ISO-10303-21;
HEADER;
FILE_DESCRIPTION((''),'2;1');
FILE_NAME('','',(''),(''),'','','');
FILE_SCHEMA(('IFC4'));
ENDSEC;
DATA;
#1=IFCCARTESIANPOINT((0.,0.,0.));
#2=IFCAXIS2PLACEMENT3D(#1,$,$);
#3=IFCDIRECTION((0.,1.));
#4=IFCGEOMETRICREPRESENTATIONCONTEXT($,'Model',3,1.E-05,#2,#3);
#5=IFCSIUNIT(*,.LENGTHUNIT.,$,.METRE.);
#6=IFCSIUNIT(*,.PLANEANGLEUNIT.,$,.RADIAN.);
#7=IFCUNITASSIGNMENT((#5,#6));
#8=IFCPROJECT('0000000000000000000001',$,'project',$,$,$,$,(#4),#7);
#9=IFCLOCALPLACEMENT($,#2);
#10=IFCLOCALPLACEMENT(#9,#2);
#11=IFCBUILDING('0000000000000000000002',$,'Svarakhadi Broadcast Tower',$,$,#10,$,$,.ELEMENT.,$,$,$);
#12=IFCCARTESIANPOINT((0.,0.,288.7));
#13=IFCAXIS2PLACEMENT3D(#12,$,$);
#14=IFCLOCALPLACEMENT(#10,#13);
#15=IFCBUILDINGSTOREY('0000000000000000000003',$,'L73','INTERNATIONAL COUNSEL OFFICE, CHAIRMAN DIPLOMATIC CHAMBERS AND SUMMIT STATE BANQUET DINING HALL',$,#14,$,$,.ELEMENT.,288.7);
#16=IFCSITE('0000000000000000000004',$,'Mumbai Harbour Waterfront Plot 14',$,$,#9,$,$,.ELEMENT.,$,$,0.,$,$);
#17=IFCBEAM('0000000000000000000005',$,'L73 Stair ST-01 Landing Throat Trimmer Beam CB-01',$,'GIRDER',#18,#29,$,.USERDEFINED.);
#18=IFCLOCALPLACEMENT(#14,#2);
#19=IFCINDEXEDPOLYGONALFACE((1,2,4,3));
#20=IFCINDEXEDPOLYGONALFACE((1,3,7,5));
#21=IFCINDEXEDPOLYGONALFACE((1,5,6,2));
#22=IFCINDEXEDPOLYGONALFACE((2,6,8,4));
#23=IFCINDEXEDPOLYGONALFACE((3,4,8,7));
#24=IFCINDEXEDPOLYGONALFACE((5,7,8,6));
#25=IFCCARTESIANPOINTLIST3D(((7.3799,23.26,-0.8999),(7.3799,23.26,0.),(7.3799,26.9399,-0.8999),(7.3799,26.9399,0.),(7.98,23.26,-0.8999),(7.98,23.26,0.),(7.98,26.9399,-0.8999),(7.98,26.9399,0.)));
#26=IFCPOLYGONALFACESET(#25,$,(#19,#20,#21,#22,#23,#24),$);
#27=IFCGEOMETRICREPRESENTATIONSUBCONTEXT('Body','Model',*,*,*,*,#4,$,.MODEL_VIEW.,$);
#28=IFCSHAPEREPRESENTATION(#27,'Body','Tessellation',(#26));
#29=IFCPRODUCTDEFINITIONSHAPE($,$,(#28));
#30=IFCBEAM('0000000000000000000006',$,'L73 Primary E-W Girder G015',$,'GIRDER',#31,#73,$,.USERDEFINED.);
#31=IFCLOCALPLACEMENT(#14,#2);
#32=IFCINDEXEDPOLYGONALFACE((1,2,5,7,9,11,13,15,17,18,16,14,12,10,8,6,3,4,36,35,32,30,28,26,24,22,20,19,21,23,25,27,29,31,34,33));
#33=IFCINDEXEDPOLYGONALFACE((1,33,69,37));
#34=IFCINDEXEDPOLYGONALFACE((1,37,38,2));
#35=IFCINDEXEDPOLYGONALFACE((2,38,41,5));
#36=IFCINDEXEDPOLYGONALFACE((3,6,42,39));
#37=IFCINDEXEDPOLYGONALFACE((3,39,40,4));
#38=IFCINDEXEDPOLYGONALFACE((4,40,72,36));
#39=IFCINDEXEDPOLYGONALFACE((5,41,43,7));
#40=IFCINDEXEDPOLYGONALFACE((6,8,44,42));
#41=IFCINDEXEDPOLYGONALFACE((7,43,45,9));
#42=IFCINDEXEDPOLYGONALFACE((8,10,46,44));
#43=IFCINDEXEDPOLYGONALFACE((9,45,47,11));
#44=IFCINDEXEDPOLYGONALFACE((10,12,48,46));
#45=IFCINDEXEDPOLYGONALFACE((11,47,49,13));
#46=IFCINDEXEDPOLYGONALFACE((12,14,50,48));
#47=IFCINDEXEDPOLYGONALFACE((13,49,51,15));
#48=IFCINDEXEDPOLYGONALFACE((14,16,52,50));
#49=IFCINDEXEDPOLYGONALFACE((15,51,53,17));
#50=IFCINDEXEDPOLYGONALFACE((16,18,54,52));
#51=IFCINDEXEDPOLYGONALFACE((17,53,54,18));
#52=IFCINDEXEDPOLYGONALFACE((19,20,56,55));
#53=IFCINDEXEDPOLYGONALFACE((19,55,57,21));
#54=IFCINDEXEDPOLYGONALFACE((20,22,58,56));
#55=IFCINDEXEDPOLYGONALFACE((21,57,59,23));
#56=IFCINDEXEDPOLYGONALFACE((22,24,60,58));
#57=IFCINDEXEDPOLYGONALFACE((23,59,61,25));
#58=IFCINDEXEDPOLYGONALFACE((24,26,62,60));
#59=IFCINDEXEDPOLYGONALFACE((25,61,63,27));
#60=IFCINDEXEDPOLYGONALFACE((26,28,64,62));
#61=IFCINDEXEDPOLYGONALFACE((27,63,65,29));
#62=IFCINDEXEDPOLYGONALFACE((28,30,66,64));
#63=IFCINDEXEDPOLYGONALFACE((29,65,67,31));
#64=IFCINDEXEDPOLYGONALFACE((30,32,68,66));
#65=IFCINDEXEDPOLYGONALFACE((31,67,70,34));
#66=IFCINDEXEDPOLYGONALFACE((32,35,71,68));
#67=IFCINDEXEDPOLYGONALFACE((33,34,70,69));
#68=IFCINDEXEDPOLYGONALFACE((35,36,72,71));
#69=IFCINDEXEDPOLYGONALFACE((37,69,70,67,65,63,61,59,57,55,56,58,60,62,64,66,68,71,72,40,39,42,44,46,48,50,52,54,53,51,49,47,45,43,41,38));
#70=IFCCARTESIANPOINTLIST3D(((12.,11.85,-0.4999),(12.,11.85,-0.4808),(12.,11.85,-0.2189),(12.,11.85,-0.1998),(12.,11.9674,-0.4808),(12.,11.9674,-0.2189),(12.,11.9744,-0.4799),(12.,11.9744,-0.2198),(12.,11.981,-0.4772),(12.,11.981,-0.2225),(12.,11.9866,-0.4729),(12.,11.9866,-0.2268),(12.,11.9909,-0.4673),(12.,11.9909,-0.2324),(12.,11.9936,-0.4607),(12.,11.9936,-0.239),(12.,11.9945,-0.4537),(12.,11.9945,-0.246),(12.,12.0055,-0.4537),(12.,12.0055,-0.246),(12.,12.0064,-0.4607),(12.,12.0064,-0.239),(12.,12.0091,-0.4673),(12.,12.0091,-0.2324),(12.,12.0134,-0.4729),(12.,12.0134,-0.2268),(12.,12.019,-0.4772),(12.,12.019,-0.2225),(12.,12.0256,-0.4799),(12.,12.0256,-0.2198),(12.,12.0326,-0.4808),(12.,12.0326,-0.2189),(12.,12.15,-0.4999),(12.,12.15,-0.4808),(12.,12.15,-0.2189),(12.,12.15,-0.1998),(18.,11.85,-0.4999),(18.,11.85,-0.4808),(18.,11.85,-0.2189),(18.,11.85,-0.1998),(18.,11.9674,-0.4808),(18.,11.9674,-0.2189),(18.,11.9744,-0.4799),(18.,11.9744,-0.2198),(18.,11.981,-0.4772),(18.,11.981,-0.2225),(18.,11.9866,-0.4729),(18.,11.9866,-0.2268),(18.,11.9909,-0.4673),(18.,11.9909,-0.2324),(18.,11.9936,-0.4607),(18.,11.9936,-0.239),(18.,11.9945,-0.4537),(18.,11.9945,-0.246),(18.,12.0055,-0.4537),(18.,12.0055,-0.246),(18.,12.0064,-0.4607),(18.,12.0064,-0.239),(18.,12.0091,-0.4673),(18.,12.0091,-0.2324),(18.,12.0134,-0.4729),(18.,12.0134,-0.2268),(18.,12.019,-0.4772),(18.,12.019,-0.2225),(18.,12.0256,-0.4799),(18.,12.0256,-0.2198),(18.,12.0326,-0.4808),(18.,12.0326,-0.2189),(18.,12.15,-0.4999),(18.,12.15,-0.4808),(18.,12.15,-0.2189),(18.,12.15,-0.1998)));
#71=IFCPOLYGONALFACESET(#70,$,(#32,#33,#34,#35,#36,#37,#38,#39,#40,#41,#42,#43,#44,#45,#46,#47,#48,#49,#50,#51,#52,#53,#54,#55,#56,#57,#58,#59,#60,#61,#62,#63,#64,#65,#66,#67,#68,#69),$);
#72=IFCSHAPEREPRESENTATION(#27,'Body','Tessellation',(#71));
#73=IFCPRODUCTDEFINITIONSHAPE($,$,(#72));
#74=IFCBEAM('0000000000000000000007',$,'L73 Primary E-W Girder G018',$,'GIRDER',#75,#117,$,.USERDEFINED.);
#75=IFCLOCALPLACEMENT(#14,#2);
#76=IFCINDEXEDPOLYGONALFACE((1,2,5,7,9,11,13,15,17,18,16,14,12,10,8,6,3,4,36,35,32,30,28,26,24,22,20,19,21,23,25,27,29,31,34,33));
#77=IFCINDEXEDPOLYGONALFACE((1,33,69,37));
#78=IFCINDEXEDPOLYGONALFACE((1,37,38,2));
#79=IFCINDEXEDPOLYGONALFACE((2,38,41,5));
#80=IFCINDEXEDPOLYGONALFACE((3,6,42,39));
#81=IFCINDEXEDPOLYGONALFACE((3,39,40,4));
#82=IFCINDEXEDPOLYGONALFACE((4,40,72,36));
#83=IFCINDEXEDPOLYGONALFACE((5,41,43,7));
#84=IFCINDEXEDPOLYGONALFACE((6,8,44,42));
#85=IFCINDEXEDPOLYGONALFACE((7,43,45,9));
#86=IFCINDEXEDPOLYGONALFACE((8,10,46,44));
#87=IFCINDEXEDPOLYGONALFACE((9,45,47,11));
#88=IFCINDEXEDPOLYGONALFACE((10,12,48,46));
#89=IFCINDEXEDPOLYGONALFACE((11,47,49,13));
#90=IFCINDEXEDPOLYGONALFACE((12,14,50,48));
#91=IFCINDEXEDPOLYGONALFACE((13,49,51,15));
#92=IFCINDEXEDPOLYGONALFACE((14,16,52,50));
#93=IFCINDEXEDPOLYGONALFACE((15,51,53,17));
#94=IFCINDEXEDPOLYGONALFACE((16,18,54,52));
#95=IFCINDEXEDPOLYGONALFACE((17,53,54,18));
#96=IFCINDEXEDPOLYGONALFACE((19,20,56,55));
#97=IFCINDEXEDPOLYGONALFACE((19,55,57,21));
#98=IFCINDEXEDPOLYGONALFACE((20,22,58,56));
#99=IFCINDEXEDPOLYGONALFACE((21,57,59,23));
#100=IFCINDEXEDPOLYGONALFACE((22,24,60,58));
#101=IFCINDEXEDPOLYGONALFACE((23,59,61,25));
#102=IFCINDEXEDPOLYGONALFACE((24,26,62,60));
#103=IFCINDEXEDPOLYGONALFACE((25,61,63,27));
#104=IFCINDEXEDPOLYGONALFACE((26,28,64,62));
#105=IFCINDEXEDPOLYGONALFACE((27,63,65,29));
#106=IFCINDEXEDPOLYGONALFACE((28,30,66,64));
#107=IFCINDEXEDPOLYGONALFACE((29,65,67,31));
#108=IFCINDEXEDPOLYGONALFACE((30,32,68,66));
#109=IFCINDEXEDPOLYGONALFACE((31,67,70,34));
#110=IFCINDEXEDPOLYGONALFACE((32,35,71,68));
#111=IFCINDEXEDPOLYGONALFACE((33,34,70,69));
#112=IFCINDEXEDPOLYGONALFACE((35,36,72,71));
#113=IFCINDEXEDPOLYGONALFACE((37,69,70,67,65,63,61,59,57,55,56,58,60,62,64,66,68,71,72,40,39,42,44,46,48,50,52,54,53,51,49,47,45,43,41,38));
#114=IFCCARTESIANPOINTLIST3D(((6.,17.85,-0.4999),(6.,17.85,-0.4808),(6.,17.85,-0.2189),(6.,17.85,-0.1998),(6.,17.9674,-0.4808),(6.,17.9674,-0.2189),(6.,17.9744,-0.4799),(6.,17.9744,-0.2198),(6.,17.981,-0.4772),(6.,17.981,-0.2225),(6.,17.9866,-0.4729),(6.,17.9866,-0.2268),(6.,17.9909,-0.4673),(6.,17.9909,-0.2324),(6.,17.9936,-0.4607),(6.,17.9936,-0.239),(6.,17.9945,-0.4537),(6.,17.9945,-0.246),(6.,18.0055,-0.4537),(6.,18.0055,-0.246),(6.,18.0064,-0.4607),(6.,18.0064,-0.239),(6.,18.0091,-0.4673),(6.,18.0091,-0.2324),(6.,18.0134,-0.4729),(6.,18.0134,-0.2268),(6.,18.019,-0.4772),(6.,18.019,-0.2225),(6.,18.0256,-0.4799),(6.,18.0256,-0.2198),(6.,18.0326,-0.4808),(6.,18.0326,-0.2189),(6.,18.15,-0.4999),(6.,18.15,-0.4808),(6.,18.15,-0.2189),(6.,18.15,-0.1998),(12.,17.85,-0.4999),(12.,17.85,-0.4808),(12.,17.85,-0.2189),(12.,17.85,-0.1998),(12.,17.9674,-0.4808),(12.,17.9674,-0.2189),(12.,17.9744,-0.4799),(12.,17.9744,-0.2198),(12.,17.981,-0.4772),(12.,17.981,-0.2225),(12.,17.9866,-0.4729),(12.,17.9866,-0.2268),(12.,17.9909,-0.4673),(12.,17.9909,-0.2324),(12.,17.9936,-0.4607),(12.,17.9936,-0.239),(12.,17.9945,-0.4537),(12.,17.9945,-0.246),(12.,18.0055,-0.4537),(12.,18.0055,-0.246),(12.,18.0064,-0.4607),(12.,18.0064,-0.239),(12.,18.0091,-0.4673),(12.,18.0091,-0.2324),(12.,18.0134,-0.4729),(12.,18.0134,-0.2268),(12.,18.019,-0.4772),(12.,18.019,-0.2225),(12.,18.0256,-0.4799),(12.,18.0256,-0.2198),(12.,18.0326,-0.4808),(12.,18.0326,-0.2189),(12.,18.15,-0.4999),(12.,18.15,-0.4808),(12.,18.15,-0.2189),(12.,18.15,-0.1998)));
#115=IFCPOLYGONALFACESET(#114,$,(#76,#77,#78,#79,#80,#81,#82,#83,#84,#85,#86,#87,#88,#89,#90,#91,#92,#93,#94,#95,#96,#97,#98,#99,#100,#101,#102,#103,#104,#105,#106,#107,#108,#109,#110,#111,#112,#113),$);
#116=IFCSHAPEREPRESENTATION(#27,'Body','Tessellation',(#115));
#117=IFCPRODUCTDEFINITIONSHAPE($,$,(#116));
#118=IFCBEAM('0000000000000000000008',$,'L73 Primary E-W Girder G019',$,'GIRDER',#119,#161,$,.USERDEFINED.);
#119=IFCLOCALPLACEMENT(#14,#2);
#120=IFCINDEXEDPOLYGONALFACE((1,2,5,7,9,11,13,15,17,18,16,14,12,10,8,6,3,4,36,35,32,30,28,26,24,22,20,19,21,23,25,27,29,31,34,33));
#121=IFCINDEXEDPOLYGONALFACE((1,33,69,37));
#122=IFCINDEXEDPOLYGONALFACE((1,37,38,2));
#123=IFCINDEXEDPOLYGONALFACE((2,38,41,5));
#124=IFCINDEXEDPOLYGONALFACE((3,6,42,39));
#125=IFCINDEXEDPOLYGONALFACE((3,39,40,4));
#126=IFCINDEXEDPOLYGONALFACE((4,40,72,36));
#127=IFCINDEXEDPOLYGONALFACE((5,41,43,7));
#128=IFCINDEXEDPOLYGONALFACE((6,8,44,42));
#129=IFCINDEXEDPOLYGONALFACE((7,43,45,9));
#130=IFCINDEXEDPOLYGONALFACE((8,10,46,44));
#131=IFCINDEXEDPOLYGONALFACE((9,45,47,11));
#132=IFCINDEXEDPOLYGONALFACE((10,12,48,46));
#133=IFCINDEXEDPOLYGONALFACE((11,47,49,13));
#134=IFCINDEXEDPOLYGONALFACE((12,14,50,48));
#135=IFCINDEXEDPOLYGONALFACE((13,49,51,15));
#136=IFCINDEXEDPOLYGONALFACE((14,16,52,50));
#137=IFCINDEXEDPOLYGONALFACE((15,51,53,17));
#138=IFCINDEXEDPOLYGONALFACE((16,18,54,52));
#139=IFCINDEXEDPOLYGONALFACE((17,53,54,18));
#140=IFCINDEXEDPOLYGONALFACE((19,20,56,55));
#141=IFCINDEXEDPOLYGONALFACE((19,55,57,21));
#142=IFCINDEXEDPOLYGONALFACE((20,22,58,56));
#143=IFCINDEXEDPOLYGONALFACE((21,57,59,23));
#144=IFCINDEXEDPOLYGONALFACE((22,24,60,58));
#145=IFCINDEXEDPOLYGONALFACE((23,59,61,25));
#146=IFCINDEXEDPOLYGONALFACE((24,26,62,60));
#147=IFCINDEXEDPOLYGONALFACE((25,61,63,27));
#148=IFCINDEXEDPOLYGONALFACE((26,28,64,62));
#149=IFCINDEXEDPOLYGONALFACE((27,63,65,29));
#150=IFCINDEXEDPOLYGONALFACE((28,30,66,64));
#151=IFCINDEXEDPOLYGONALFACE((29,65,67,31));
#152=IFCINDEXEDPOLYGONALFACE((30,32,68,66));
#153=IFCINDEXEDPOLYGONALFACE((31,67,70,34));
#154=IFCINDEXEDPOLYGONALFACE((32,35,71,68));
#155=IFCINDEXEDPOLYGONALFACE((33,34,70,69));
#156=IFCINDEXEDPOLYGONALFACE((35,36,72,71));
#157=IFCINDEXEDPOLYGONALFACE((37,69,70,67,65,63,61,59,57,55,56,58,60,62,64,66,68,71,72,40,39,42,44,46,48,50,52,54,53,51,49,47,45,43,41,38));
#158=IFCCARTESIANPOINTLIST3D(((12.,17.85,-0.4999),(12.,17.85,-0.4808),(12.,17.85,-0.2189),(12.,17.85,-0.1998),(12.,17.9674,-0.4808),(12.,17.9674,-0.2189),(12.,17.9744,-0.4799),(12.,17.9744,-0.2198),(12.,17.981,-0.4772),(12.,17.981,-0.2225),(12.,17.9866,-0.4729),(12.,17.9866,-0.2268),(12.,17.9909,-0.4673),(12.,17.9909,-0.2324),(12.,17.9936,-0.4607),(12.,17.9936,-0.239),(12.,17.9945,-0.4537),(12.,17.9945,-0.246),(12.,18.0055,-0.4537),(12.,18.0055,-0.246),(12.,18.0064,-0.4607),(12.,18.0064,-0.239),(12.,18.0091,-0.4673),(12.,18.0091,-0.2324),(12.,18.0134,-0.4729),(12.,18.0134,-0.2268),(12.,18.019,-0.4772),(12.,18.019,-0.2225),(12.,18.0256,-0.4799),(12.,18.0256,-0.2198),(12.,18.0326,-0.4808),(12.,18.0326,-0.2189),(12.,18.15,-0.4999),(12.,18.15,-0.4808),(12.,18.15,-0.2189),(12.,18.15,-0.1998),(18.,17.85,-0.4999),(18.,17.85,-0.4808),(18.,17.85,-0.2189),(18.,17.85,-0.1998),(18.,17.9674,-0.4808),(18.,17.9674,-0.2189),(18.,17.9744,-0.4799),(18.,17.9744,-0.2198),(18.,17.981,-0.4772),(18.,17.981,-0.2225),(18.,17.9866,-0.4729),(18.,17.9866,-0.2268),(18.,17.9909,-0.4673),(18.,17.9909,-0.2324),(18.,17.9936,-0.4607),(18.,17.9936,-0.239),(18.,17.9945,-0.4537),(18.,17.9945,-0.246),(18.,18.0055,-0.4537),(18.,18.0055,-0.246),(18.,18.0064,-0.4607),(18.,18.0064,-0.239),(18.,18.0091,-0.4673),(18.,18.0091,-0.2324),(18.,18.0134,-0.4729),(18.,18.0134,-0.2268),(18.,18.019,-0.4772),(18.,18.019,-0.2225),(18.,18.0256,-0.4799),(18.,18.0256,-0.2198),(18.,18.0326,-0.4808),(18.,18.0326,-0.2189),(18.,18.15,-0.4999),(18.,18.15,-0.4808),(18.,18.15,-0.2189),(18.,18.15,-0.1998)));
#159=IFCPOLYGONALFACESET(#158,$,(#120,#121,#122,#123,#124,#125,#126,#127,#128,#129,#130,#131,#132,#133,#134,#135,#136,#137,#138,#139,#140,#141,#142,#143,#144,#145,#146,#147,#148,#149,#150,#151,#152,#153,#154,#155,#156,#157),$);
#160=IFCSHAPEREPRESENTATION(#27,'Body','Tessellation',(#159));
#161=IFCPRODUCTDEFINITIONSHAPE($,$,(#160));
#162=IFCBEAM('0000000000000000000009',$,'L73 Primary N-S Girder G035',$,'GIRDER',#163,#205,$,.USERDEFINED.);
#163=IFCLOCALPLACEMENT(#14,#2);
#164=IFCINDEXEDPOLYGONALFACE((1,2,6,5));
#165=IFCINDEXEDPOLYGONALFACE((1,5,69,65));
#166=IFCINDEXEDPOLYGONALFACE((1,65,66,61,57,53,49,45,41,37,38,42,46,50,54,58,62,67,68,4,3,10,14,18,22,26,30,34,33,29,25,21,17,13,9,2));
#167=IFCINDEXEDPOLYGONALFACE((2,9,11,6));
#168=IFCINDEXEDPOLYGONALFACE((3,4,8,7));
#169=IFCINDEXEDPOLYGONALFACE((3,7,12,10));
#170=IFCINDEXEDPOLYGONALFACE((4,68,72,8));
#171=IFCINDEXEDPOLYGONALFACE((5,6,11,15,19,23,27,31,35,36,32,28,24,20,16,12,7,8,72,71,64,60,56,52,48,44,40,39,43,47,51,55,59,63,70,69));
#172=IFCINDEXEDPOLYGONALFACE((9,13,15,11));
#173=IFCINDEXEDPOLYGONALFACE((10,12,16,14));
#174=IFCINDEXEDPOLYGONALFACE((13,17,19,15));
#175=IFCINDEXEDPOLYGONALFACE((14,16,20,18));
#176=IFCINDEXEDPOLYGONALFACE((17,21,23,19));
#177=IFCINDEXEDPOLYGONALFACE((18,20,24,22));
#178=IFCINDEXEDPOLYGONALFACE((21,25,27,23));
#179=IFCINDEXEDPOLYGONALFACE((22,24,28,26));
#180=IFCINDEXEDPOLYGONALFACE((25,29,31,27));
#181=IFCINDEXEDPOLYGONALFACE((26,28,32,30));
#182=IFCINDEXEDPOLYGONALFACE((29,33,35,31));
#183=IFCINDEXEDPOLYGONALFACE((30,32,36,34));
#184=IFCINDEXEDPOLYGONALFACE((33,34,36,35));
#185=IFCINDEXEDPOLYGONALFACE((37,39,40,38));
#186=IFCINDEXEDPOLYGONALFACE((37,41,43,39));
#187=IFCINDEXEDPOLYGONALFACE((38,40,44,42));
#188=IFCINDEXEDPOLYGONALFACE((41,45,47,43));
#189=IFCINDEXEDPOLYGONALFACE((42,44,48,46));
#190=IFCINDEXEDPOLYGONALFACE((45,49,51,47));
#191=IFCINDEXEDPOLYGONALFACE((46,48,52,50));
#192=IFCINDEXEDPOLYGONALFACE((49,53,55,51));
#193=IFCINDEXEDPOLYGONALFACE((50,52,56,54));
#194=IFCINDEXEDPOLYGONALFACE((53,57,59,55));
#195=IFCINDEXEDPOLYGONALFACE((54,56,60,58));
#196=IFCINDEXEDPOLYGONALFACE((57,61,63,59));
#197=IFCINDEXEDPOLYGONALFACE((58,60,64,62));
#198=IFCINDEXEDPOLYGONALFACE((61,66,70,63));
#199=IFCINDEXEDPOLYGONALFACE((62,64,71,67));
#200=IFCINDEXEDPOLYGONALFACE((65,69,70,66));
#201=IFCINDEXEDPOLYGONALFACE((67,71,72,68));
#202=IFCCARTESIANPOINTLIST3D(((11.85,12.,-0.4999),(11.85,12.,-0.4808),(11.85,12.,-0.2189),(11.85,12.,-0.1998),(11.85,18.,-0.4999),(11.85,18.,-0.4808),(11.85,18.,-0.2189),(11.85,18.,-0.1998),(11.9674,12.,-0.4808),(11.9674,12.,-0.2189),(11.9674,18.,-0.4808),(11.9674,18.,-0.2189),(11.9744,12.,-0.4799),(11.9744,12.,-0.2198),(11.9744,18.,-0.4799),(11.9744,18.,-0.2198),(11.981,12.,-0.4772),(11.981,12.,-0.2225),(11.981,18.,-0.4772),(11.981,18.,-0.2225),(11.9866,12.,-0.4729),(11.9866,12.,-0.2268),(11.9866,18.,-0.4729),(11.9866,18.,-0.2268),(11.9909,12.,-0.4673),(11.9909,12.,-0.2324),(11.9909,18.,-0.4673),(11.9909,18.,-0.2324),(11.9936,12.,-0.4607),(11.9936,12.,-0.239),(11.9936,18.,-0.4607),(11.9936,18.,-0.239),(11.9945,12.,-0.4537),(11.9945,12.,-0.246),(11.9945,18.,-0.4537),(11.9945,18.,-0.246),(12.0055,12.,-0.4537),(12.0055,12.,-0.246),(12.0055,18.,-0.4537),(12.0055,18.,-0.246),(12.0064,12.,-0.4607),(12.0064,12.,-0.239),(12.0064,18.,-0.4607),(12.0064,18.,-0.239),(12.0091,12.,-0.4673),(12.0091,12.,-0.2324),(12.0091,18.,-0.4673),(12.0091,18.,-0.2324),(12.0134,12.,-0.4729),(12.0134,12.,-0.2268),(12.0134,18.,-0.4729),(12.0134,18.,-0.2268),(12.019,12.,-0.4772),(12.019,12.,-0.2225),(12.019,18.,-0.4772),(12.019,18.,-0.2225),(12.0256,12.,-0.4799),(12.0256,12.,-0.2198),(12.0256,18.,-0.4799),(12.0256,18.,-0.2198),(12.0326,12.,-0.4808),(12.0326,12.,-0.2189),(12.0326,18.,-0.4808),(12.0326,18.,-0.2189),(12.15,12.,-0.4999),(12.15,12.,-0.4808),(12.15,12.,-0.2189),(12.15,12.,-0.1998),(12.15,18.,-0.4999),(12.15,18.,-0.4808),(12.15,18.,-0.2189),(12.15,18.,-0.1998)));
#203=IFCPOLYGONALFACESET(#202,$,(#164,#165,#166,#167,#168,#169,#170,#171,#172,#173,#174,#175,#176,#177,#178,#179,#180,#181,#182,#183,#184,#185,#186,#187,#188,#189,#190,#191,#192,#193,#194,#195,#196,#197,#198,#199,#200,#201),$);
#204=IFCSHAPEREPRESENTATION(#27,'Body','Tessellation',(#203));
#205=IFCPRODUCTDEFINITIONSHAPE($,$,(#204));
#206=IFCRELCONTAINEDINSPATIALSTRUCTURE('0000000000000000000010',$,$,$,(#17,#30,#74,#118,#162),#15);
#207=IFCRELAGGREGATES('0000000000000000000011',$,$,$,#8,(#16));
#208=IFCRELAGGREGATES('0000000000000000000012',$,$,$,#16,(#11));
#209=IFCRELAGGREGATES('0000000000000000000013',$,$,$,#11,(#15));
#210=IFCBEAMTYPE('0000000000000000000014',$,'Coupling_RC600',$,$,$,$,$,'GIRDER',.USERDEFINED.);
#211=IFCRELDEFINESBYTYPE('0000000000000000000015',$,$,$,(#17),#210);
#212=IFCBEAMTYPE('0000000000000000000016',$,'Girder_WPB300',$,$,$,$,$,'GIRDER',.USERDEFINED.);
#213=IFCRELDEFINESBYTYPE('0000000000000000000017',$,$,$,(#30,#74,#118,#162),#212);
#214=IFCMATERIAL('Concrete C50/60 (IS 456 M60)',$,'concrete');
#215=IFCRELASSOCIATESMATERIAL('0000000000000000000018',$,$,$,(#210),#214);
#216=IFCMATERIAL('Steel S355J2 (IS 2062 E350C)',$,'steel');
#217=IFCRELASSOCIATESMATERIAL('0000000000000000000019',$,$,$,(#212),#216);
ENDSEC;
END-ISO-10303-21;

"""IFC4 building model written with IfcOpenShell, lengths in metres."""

from ifc_helpers import new_model, si_unit, direction, frame, origin, origin_2d, place, context, subcontext, project, spatial, rectangle, i_section, extrude, material, material_profile, profile_set, type_object, element, save


model = new_model("IFC4")

# Units and contexts
model_context = context("Model", 3, precision=1e-05, world=origin(), true_north=direction((0.0, 1.0)))
body_context = subcontext(model_context, "Body", "Model", "MODEL_VIEW")
ifc_project = project(units=[si_unit("LENGTHUNIT", "METRE"), si_unit("PLANEANGLEUNIT", "RADIAN")], contexts=[model_context])

# Site, building, storey
site_placement = place(None, origin())
site = spatial("IfcSite", under=ifc_project, at=site_placement, Name="Mumbai Harbour Waterfront Plot 14", CompositionType="ELEMENT", RefElevation=0.0)
building_placement = place(site_placement, origin())
building = spatial("IfcBuilding", under=site, at=building_placement, Name="Svarakhadi Broadcast Tower", CompositionType="ELEMENT")
storey_placement = place(building_placement, frame((0.0, 0.0, 288.7)))
storey = spatial("IfcBuildingStorey", under=building, at=storey_placement, Name="L73", Description="INTERNATIONAL COUNSEL OFFICE, CHAIRMAN DIPLOMATIC CHAMBERS AND SUMMIT STATE BANQUET DINING HALL", CompositionType="ELEMENT", Elevation=288.7)

# Shared definitions
ifc_material_1 = material(Name="Concrete C50/60 (IS 456 M60)", Category="concrete")

# Beams
ifc_material_2 = material(Name="Steel S355J2 (IS 2062 E350C)", Category="steel")
ifc_material_profile_1 = material_profile(ifc_material_1, rectangle(XDim=0.6001, YDim=0.8999, at=origin_2d()), Name="RC 600x900")
ifc_profile_set_1 = profile_set([ifc_material_profile_1], Name="Concrete C50/60 (IS 456 M60)")
beam_type_1 = type_object("IfcBeamType", Name="Coupling_RC600", ElementType="GIRDER", PredefinedType="USERDEFINED", material=ifc_profile_set_1)
beam_1_placement = place(storey_placement, frame((7.6799, 23.26, -0.45), z_axis=(0.0, 1.0, 0.0), x_axis=(-1.0, 0.0, 0.0)))
element("IfcBeam", 1, at=beam_1_placement, inside=storey, type_object=beam_type_1, Name="L73 Stair ST-01 Landing Throat Trimmer Beam CB-01", ObjectType="GIRDER", PredefinedType="USERDEFINED", context=body_context, shape_type="SweptSolid", body=[
    extrude(rectangle(XDim=0.6001, YDim=0.8999, at=origin_2d()), origin(), (0.0, 0.0, 1.0), 3.6799),
])
ifc_material_profile_2 = material_profile(ifc_material_2, i_section(OverallWidth=0.3, OverallDepth=0.3, WebThickness=0.011, FlangeThickness=0.019, FilletRadius=0.0271, at=origin_2d()), Name="WPB 300x300x117")
ifc_profile_set_2 = profile_set([ifc_material_profile_2], Name="Steel S355J2 (IS 2062 E350C)")
beam_type_2 = type_object("IfcBeamType", Name="Girder_WPB300", ElementType="GIRDER", PredefinedType="USERDEFINED", material=ifc_profile_set_2)
for number, where, z_axis, x_axis, name in (
    (2, (12.0, 12.0, -0.3499), (1.0, 0.0, 0.0), (0.0, 1.0, 0.0), "L73 Primary E-W Girder G015"),
    (3, (6.0, 18.0, -0.3499), (1.0, 0.0, 0.0), (0.0, 1.0, 0.0), "L73 Primary E-W Girder G018"),
    (4, (12.0, 18.0, -0.3499), (1.0, 0.0, 0.0), (0.0, 1.0, 0.0), "L73 Primary E-W Girder G019"),
    (5, (12.0, 12.0, -0.3499), (0.0, 1.0, 0.0), (-1.0, 0.0, 0.0), "L73 Primary N-S Girder G035"),
):
    element("IfcBeam", number, at=place(storey_placement, frame(where, z_axis=z_axis, x_axis=x_axis)), inside=storey, type_object=beam_type_2, Name=name, ObjectType="GIRDER", PredefinedType="USERDEFINED", context=body_context, shape_type="SweptSolid", body=[
        extrude(i_section(OverallWidth=0.3, OverallDepth=0.3, WebThickness=0.011, FlangeThickness=0.019, FilletRadius=0.0271, at=origin_2d()), origin(), (0.0, 0.0, 1.0), 6.0),
    ])

save(model, "model.ifc")
